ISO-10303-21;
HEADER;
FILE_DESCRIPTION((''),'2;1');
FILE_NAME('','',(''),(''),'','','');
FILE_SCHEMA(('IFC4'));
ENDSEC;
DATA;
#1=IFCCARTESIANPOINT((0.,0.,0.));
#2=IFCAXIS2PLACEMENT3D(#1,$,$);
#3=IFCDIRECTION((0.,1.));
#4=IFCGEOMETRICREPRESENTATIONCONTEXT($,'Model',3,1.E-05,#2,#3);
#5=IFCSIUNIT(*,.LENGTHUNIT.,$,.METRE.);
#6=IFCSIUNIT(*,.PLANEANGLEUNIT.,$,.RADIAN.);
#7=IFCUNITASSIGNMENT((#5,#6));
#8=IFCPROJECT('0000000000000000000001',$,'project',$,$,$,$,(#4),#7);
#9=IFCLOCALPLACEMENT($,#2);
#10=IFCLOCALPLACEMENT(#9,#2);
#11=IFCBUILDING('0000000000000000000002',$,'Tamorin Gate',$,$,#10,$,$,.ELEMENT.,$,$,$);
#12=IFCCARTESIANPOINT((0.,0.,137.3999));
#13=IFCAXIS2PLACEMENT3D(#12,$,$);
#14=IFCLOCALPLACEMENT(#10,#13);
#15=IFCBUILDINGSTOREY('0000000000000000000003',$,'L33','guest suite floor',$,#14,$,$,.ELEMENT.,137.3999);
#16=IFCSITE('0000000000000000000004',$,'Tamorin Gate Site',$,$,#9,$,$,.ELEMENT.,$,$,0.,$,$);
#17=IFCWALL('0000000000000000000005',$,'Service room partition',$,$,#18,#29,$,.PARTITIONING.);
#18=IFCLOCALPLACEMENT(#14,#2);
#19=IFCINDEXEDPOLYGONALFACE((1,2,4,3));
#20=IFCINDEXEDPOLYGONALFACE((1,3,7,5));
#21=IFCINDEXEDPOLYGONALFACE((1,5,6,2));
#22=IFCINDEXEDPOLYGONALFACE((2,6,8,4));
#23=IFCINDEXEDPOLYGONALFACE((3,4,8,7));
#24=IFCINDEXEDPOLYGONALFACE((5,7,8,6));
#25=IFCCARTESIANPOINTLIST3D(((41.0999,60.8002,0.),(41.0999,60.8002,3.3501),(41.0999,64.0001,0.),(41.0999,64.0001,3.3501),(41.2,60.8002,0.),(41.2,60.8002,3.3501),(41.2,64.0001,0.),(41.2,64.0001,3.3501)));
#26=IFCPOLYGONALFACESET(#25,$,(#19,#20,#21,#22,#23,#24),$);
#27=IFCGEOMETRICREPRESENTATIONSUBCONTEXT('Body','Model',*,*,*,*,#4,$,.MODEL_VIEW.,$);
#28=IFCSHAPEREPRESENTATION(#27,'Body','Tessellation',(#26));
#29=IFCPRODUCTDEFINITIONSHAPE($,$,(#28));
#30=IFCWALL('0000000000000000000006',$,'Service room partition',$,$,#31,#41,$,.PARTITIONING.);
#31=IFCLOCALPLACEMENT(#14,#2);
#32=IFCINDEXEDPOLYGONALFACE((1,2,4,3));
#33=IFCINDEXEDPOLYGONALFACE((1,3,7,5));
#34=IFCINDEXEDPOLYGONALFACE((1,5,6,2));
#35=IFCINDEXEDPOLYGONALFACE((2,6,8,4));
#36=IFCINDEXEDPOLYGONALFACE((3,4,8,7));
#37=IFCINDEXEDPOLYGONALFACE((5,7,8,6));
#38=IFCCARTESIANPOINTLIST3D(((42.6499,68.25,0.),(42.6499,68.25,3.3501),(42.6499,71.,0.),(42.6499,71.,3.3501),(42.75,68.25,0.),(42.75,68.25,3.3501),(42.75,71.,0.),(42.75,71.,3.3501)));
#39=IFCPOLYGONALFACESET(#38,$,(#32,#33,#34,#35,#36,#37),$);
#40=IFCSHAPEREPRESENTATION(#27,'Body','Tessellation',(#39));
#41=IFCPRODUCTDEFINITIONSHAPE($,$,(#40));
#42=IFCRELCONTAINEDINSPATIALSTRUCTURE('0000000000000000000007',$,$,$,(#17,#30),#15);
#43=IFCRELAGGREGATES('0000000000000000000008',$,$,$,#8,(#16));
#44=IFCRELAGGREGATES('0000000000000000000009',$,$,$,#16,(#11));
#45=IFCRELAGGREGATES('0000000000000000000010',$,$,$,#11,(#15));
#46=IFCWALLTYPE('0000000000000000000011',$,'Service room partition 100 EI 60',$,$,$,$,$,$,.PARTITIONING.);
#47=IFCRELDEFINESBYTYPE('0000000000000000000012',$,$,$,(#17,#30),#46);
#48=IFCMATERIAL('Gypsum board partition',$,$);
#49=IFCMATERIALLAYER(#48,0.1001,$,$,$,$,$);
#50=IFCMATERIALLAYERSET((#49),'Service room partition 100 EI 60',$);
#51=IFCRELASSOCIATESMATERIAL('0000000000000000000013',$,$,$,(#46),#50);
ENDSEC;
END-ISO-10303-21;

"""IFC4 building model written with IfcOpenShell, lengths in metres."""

from ifc_helpers import new_model, si_unit, direction, frame, frame_2d, origin, place, context, subcontext, project, spatial, rectangle, extrude, material, layer, layer_set, type_object, element, save


model = new_model("IFC4")

# Units and contexts
model_context = context("Model", 3, precision=1e-05, world=origin(), true_north=direction((0.0, 1.0)))
body_context = subcontext(model_context, "Body", "Model", "MODEL_VIEW")
ifc_project = project(units=[si_unit("LENGTHUNIT", "METRE"), si_unit("PLANEANGLEUNIT", "RADIAN")], contexts=[model_context])

# Site, building, storey
site_placement = place(None, origin())
site = spatial("IfcSite", under=ifc_project, at=site_placement, Name="Tamorin Gate Site", CompositionType="ELEMENT", RefElevation=0.0)
building_placement = place(site_placement, origin())
building = spatial("IfcBuilding", under=site, at=building_placement, Name="Tamorin Gate", CompositionType="ELEMENT")
storey_placement = place(building_placement, frame((0.0, 0.0, 137.3999)))
storey = spatial("IfcBuildingStorey", under=building, at=storey_placement, Name="L33", Description="guest suite floor", CompositionType="ELEMENT", Elevation=137.3999)

# Walls
ifc_material_1 = material(Name="Gypsum board partition")
ifc_layer_1 = layer(ifc_material_1, 0.1001)
ifc_layer_set_1 = layer_set([ifc_layer_1], Name="Service room partition 100 EI 60")
wall_type_1 = type_object("IfcWallType", Name="Service room partition 100 EI 60", PredefinedType="PARTITIONING", material=ifc_layer_set_1)
wall_1_placement = place(storey_placement, frame((41.1499, 60.8, 0.0), z_axis=(0.0, 0.0, 1.0), x_axis=(0.0, 1.0, 0.0)))
element("IfcWall", 1, at=wall_1_placement, inside=storey, type_object=wall_type_1, Name="Service room partition", PredefinedType="PARTITIONING", context=body_context, shape_type="SweptSolid", body=[
    extrude(rectangle(XDim=3.2, YDim=0.1001, at=frame_2d((1.6001, 0.0))), origin(), (0.0, 0.0, 1.0), 3.3501),
])
wall_2_placement = place(storey_placement, frame((42.7, 68.25, 0.0), z_axis=(0.0, 0.0, 1.0), x_axis=(0.0, 1.0, 0.0)))
element("IfcWall", 2, at=wall_2_placement, inside=storey, type_object=wall_type_1, Name="Service room partition", PredefinedType="PARTITIONING", context=body_context, shape_type="SweptSolid", body=[
    extrude(rectangle(XDim=2.75, YDim=0.1001, at=frame_2d((1.375, 0.0))), origin(), (0.0, 0.0, 1.0), 3.3501),
])

save(model, "model.ifc")
